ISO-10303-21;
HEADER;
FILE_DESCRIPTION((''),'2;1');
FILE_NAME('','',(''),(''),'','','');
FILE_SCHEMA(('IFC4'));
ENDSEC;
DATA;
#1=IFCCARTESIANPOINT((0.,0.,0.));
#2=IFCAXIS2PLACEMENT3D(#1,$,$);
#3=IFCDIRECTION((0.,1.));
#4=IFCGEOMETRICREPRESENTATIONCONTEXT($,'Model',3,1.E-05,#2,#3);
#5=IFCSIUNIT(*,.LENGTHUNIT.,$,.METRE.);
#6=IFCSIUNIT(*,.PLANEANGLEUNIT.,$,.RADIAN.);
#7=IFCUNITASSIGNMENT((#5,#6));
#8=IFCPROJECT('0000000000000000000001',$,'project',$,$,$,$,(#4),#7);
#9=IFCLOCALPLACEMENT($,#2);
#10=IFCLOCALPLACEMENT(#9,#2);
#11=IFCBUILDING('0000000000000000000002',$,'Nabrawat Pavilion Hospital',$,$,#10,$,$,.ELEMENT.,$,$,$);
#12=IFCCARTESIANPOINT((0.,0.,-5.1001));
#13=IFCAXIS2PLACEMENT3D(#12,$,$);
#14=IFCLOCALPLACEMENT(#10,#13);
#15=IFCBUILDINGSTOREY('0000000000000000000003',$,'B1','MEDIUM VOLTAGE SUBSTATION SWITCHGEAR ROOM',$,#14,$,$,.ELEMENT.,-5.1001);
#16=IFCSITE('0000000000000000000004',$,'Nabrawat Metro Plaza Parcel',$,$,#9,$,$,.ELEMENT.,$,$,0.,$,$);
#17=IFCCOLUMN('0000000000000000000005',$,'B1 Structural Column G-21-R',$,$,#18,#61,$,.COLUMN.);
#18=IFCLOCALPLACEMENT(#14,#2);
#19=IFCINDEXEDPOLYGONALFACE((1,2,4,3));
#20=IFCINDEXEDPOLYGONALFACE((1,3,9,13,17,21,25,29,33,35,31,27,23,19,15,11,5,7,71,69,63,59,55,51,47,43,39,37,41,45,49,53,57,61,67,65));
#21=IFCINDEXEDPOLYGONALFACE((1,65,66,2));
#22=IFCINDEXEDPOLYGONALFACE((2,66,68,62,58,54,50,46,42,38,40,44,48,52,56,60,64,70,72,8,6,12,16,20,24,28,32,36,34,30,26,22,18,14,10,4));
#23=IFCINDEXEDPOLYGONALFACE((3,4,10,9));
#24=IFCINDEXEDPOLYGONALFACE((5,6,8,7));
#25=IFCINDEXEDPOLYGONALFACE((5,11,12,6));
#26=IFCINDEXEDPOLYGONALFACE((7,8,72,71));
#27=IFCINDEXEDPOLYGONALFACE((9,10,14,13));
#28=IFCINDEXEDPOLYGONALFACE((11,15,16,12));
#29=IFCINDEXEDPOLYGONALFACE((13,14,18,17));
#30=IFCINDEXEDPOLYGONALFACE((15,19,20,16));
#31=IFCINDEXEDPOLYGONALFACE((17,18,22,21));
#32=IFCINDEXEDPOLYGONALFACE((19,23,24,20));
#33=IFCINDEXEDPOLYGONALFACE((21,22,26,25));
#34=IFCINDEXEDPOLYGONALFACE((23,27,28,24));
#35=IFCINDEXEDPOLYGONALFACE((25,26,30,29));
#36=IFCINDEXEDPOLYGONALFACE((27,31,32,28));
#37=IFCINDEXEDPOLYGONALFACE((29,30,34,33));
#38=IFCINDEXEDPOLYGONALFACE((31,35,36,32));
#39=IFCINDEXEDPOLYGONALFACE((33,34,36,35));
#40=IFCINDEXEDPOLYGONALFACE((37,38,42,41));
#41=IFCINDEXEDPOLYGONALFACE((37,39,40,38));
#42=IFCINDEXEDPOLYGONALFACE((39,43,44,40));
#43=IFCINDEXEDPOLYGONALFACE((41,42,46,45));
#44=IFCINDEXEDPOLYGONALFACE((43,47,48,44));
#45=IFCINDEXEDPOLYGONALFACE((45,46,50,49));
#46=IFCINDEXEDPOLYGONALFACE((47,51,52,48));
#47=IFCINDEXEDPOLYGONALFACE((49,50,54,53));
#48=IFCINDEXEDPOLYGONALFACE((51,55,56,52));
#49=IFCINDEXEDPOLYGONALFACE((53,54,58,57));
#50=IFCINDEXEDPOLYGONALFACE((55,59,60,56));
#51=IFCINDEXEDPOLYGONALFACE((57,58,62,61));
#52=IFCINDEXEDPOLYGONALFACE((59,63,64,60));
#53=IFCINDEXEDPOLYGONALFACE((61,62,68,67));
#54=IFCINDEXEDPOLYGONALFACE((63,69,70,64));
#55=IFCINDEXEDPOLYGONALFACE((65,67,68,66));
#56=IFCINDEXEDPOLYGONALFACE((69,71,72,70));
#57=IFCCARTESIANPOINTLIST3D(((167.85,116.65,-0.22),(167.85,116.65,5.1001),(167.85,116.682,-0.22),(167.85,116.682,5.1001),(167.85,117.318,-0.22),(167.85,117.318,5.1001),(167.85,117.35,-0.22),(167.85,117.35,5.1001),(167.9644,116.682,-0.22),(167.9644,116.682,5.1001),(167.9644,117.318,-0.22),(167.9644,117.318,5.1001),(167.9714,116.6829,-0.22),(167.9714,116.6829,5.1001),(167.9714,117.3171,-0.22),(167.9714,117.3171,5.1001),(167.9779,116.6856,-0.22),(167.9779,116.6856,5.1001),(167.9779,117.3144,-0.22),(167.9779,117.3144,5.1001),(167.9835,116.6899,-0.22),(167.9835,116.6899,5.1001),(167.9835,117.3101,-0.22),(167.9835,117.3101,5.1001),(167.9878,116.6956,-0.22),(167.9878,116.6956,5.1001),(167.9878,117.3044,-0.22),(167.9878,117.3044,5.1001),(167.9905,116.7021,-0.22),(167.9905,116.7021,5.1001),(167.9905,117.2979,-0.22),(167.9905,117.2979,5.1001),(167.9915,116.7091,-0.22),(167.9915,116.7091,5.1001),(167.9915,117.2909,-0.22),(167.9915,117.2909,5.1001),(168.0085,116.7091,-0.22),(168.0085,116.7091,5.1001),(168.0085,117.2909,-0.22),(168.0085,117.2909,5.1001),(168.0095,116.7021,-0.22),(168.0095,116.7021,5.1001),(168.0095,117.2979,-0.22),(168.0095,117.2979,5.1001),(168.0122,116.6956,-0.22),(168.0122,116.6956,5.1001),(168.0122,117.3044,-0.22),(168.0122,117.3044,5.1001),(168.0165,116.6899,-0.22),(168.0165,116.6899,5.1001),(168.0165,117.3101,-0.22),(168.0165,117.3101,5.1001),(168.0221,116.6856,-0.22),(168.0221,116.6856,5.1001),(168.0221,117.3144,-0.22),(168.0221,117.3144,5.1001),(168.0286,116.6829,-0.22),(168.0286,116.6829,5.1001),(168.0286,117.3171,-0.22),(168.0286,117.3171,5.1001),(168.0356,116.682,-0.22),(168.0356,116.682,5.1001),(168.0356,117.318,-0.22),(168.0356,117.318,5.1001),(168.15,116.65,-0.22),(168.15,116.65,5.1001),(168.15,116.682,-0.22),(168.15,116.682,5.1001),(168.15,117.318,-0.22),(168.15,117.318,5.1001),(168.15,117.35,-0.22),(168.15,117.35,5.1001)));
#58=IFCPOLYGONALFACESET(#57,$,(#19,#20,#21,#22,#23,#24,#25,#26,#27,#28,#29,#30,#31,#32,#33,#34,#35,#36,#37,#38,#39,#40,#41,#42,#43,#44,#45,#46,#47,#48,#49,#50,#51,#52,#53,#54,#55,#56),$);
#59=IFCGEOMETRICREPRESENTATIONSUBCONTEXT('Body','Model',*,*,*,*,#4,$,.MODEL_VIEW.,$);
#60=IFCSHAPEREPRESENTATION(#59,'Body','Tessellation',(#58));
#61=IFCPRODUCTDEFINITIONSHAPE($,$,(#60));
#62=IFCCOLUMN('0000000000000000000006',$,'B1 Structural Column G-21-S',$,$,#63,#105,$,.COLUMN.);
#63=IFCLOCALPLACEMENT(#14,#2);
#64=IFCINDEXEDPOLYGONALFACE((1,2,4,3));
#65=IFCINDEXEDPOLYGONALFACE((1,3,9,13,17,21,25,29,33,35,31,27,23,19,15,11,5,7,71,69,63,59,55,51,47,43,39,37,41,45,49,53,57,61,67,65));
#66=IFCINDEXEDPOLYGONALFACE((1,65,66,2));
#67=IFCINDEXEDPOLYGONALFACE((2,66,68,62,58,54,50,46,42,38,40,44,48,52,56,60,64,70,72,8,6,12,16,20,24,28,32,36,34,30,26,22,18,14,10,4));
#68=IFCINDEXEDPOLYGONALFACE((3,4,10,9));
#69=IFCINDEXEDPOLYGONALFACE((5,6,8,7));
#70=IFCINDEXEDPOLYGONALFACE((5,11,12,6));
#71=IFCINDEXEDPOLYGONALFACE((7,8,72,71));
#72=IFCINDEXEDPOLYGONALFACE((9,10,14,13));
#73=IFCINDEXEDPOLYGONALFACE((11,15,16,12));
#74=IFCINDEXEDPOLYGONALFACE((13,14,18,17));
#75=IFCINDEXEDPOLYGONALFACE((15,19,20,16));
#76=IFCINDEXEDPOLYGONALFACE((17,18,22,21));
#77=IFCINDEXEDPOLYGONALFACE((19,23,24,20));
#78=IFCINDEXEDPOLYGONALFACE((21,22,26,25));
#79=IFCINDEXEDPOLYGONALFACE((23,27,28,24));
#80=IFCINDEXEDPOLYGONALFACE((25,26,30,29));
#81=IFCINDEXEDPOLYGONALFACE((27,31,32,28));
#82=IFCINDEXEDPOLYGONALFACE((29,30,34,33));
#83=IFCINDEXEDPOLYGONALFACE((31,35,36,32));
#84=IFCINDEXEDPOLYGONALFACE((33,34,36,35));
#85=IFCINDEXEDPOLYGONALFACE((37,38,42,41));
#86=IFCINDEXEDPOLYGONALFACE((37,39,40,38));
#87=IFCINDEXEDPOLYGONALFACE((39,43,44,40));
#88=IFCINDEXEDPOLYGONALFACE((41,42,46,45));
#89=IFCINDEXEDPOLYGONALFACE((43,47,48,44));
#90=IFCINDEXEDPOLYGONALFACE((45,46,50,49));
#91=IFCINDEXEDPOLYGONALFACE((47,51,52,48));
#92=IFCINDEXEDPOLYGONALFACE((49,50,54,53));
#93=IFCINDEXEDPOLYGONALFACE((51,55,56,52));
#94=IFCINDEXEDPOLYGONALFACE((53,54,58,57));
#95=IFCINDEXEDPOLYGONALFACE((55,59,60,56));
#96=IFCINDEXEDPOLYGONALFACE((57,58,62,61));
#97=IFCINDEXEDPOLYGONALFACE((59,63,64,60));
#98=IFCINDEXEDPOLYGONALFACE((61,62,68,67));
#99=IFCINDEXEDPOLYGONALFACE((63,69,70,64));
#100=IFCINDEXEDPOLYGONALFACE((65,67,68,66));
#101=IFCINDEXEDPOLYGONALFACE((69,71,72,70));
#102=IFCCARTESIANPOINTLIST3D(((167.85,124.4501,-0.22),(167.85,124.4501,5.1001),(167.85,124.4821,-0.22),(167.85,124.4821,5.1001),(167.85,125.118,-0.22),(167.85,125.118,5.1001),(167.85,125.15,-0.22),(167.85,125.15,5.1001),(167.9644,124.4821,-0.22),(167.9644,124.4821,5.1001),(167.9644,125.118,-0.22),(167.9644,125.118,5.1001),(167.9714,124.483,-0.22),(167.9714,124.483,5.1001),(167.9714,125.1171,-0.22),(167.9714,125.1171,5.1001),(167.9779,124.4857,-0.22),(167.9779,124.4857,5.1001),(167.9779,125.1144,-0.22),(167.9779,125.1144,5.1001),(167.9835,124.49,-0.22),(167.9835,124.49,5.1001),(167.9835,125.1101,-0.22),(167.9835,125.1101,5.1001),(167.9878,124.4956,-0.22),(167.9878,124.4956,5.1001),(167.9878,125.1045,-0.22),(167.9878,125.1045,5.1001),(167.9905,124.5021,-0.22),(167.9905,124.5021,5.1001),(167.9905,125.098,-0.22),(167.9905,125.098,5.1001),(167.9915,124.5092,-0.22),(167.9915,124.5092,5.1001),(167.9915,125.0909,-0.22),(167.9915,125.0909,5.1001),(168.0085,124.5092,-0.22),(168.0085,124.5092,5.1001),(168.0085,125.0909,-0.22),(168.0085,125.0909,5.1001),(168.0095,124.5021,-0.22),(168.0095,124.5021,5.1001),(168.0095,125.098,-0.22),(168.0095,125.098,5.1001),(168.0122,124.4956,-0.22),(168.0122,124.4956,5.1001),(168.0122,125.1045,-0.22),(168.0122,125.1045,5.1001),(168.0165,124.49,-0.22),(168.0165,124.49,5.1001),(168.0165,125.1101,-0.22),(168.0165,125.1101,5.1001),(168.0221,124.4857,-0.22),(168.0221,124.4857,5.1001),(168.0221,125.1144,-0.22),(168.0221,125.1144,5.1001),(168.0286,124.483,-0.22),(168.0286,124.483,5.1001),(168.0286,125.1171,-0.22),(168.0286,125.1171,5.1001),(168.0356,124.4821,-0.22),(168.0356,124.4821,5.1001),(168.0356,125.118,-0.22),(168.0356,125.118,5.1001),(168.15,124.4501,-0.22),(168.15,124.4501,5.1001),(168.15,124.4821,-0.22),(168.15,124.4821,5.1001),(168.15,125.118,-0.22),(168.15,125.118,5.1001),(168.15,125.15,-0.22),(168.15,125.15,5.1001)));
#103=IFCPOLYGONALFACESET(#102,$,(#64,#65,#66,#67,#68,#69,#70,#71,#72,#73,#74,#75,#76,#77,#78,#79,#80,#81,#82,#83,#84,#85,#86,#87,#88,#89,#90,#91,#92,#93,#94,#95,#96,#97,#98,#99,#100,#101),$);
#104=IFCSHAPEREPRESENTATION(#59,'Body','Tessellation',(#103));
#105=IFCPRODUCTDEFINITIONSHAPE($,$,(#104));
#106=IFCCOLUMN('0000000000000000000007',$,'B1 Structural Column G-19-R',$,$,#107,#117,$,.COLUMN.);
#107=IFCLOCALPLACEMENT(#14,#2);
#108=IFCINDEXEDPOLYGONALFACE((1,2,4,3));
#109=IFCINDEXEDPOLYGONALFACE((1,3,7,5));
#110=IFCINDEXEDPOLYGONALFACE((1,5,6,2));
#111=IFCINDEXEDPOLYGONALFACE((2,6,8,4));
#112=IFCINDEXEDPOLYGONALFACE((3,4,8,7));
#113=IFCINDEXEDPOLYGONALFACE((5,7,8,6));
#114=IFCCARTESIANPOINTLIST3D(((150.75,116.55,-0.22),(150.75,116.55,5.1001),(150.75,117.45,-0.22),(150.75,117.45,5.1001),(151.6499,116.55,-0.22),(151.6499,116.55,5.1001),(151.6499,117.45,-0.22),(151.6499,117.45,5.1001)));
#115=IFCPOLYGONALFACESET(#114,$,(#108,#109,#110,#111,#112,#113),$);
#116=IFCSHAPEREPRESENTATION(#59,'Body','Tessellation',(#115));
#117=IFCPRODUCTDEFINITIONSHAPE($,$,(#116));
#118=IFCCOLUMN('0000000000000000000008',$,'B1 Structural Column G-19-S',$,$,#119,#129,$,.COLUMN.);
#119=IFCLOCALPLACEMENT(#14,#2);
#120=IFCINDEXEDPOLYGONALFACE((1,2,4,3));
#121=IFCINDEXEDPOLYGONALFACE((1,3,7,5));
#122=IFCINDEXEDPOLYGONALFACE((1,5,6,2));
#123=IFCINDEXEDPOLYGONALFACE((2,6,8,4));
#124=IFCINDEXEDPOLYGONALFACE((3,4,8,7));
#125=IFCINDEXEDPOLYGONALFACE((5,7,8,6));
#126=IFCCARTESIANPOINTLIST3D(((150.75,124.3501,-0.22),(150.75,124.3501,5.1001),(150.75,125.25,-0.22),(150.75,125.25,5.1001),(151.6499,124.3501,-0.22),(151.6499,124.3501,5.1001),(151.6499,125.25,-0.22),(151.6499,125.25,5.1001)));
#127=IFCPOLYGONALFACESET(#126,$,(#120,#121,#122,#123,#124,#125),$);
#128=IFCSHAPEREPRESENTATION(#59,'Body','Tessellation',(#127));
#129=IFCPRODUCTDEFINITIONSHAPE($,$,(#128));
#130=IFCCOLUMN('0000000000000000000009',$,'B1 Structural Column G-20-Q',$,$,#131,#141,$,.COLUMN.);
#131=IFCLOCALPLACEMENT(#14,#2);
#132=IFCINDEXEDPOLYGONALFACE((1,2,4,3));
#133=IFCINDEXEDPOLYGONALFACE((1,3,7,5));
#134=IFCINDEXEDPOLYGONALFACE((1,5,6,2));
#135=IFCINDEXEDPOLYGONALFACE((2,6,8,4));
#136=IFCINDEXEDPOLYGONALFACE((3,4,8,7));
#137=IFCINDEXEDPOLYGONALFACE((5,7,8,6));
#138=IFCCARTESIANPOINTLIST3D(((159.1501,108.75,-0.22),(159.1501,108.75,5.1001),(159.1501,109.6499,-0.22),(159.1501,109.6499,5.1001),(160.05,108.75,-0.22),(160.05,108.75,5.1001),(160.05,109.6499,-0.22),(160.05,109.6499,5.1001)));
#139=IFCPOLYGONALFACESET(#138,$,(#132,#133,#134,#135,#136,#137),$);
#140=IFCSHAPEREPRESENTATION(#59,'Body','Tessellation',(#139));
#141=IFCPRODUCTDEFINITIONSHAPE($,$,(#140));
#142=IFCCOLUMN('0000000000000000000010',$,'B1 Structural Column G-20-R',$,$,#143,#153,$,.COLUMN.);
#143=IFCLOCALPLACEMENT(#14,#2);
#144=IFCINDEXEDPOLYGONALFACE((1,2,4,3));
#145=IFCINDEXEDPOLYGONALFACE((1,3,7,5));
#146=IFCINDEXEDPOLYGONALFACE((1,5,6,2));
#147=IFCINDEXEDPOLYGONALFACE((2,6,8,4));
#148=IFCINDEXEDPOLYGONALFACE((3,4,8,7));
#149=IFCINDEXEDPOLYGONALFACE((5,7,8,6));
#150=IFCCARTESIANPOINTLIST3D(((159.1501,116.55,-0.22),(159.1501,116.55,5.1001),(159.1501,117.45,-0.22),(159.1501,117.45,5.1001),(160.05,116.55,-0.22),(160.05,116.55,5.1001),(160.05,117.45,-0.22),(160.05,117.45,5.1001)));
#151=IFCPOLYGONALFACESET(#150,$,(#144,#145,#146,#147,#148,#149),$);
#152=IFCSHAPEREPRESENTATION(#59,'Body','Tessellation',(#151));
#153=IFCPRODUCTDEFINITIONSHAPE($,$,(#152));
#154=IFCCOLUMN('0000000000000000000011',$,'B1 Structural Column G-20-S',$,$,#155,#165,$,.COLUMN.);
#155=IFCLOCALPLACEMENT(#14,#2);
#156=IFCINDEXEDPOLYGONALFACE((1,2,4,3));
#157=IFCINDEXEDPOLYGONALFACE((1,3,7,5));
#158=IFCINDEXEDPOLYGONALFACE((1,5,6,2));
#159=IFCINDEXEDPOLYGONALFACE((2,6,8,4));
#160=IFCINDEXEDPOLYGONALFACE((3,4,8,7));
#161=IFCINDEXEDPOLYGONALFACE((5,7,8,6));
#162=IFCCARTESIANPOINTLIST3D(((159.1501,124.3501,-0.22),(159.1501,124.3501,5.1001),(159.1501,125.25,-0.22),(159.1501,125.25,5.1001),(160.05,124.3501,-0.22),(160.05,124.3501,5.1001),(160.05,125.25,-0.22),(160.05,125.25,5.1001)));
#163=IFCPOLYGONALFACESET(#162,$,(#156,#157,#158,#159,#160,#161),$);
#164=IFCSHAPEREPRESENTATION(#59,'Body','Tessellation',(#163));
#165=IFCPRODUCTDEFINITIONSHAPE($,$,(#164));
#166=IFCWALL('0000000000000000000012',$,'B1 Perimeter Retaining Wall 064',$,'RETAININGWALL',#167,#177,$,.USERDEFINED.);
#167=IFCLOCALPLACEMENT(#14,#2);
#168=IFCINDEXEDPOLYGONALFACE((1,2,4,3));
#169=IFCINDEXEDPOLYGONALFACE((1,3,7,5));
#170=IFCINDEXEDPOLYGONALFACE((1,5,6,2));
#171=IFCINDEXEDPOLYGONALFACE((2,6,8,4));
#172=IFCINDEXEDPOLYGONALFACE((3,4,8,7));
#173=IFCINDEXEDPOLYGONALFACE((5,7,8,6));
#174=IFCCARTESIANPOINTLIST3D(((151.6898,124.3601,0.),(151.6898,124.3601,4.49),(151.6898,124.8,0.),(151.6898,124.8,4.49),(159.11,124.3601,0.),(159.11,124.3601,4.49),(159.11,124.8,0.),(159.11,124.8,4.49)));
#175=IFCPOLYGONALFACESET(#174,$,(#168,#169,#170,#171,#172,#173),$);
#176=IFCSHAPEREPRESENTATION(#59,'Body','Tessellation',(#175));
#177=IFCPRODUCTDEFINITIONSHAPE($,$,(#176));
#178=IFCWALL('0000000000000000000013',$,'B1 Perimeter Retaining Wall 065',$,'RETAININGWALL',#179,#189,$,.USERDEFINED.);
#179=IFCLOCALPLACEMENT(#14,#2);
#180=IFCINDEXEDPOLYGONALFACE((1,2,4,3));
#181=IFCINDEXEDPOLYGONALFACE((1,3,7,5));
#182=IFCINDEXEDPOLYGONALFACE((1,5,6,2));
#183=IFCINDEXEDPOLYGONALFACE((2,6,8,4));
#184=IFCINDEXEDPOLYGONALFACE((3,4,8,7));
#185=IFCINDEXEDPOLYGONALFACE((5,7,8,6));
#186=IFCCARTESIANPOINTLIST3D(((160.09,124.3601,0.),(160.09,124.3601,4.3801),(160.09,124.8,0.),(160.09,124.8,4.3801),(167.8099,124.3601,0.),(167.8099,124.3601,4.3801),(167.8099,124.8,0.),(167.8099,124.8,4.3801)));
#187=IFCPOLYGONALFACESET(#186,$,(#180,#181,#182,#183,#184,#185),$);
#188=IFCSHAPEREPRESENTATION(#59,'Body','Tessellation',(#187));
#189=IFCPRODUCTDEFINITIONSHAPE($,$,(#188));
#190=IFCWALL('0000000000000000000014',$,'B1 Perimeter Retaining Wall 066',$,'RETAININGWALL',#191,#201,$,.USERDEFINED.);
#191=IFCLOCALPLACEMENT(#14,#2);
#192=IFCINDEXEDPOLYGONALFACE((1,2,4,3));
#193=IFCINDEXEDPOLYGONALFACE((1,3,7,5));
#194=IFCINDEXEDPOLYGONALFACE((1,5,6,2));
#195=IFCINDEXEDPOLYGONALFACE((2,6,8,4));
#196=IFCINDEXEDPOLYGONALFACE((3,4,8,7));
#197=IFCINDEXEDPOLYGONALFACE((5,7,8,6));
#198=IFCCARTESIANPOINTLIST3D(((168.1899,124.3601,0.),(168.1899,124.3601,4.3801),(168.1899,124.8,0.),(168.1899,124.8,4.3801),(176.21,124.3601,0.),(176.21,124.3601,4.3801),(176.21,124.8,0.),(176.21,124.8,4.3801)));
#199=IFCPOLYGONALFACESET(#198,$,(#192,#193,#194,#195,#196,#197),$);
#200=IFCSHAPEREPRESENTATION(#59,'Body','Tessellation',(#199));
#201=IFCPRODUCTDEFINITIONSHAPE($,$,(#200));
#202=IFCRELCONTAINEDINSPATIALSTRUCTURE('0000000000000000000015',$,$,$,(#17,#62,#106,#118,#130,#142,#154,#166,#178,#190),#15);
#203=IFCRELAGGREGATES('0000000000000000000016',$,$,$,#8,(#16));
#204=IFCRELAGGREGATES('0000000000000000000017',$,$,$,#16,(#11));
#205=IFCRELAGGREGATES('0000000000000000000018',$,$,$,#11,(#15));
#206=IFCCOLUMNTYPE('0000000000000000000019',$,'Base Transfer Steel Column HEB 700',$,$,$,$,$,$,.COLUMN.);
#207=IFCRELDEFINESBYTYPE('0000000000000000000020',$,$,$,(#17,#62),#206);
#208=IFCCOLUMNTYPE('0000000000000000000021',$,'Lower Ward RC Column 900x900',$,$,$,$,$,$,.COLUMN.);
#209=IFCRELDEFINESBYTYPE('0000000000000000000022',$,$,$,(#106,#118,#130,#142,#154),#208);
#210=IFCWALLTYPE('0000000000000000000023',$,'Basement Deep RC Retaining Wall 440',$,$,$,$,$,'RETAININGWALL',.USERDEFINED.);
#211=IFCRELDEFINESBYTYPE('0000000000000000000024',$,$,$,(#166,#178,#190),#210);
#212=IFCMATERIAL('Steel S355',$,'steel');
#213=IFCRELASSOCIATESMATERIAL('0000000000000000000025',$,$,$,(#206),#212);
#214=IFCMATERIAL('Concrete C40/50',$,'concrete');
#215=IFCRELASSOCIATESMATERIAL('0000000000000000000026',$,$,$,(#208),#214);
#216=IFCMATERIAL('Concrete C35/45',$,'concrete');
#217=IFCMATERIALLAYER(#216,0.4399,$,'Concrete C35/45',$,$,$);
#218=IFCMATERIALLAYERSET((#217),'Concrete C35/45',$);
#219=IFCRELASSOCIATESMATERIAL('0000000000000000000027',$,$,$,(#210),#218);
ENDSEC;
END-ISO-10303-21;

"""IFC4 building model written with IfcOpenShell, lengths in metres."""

from ifc_helpers import new_model, si_unit, direction, frame, frame_2d, origin, origin_2d, place, context, subcontext, project, spatial, rectangle, i_section, extrude, material, layer, layer_set, material_profile, profile_set, type_object, element, save


model = new_model("IFC4")

# Units and contexts
model_context = context("Model", 3, precision=1e-05, world=origin(), true_north=direction((0.0, 1.0)))
body_context = subcontext(model_context, "Body", "Model", "MODEL_VIEW")
ifc_project = project(units=[si_unit("LENGTHUNIT", "METRE"), si_unit("PLANEANGLEUNIT", "RADIAN")], contexts=[model_context])

# Site, building, storey
site_placement = place(None, origin())
site = spatial("IfcSite", under=ifc_project, at=site_placement, Name="Nabrawat Metro Plaza Parcel", CompositionType="ELEMENT", RefElevation=0.0)
building_placement = place(site_placement, origin())
building = spatial("IfcBuilding", under=site, at=building_placement, Name="Nabrawat Pavilion Hospital", CompositionType="ELEMENT")
storey_placement = place(building_placement, frame((0.0, 0.0, -5.1001)))
storey = spatial("IfcBuildingStorey", under=building, at=storey_placement, Name="B1", Description="MEDIUM VOLTAGE SUBSTATION SWITCHGEAR ROOM", CompositionType="ELEMENT", Elevation=-5.1001)

# Shared definitions
ifc_material_1 = material(Name="Concrete C35/45", Category="concrete")

# Columns
ifc_material_2 = material(Name="Steel S355", Category="steel")
ifc_material_profile_1 = material_profile(ifc_material_2, i_section(OverallWidth=0.3, OverallDepth=0.7, WebThickness=0.0171, FlangeThickness=0.032, FilletRadius=0.0271, at=origin_2d()), Name="HEB 700")
ifc_profile_set_1 = profile_set([ifc_material_profile_1], Name="Steel S355")
column_type_1 = type_object("IfcColumnType", Name="Base Transfer Steel Column HEB 700", PredefinedType="COLUMN", material=ifc_profile_set_1)
for number, where, z_axis, x_axis, name in (
    (1, (168.0, 117.0, -0.22), (0.0, 0.0, 1.0), (1.0, 0.0, 0.0), "B1 Structural Column G-21-R"),
    (2, (168.0, 124.8, -0.22), (0.0, 0.0, 1.0), (1.0, 0.0, 0.0), "B1 Structural Column G-21-S"),
):
    element("IfcColumn", number, at=place(storey_placement, frame(where, z_axis=z_axis, x_axis=x_axis)), inside=storey, type_object=column_type_1, Name=name, PredefinedType="COLUMN", context=body_context, shape_type="SweptSolid", body=[
        extrude(i_section(OverallWidth=0.3, OverallDepth=0.7, WebThickness=0.0171, FlangeThickness=0.032, FilletRadius=0.0271, at=origin_2d()), origin(), (0.0, 0.0, 1.0), 5.3201),
    ])
ifc_material_3 = material(Name="Concrete C40/50", Category="concrete")
ifc_material_profile_2 = material_profile(ifc_material_3, rectangle(XDim=0.8999, YDim=0.8999, at=origin_2d()), Name="RC 900x900")
ifc_profile_set_2 = profile_set([ifc_material_profile_2], Name="Concrete C40/50")
column_type_2 = type_object("IfcColumnType", Name="Lower Ward RC Column 900x900", PredefinedType="COLUMN", material=ifc_profile_set_2)
for number, where, z_axis, x_axis, name in (
    (3, (151.2, 117.0, -0.22), (0.0, 0.0, 1.0), (1.0, 0.0, 0.0), "B1 Structural Column G-19-R"),
    (4, (151.2, 124.8, -0.22), (0.0, 0.0, 1.0), (1.0, 0.0, 0.0), "B1 Structural Column G-19-S"),
    (5, (159.6001, 109.2, -0.22), (0.0, 0.0, 1.0), (1.0, 0.0, 0.0), "B1 Structural Column G-20-Q"),
    (6, (159.6001, 117.0, -0.22), (0.0, 0.0, 1.0), (1.0, 0.0, 0.0), "B1 Structural Column G-20-R"),
    (7, (159.6001, 124.8, -0.22), (0.0, 0.0, 1.0), (1.0, 0.0, 0.0), "B1 Structural Column G-20-S"),
):
    element("IfcColumn", number, at=place(storey_placement, frame(where, z_axis=z_axis, x_axis=x_axis)), inside=storey, type_object=column_type_2, Name=name, PredefinedType="COLUMN", context=body_context, shape_type="SweptSolid", body=[
        extrude(rectangle(XDim=0.8999, YDim=0.8999, at=origin_2d()), origin(), (0.0, 0.0, 1.0), 5.3201),
    ])

# Walls
ifc_layer = layer(ifc_material_1, 0.4399, Name="Concrete C35/45")
ifc_layer_set = layer_set([ifc_layer], Name="Concrete C35/45")
wall_type = type_object("IfcWallType", Name="Basement Deep RC Retaining Wall 440", ElementType="RETAININGWALL", PredefinedType="USERDEFINED", material=ifc_layer_set)
wall_1_placement = place(storey_placement, frame((151.6899, 124.5801, 0.0), z_axis=(0.0, 0.0, 1.0), x_axis=(1.0, 0.0, 0.0)))
element("IfcWall", 8, at=wall_1_placement, inside=storey, type_object=wall_type, Name="B1 Perimeter Retaining Wall 064", ObjectType="RETAININGWALL", PredefinedType="USERDEFINED", context=body_context, shape_type="SweptSolid", body=[
    extrude(rectangle(XDim=7.4202, YDim=0.4399, at=frame_2d((3.71, 0.0))), origin(), (0.0, 0.0, 1.0), 4.49),
])
wall_2_placement = place(storey_placement, frame((160.0901, 124.5801, 0.0), z_axis=(0.0, 0.0, 1.0), x_axis=(1.0, 0.0, 0.0)))
element("IfcWall", 9, at=wall_2_placement, inside=storey, type_object=wall_type, Name="B1 Perimeter Retaining Wall 065", ObjectType="RETAININGWALL", PredefinedType="USERDEFINED", context=body_context, shape_type="SweptSolid", body=[
    extrude(rectangle(XDim=7.72, YDim=0.4399, at=frame_2d((3.8599, 0.0))), origin(), (0.0, 0.0, 1.0), 4.3801),
])
wall_3_placement = place(storey_placement, frame((168.1899, 124.5801, 0.0), z_axis=(0.0, 0.0, 1.0), x_axis=(1.0, 0.0, 0.0)))
element("IfcWall", 10, at=wall_3_placement, inside=storey, type_object=wall_type, Name="B1 Perimeter Retaining Wall 066", ObjectType="RETAININGWALL", PredefinedType="USERDEFINED", context=body_context, shape_type="SweptSolid", body=[
    extrude(rectangle(XDim=8.02, YDim=0.4399, at=frame_2d((4.01, 0.0))), origin(), (0.0, 0.0, 1.0), 4.3801),
])

save(model, "model.ifc")
